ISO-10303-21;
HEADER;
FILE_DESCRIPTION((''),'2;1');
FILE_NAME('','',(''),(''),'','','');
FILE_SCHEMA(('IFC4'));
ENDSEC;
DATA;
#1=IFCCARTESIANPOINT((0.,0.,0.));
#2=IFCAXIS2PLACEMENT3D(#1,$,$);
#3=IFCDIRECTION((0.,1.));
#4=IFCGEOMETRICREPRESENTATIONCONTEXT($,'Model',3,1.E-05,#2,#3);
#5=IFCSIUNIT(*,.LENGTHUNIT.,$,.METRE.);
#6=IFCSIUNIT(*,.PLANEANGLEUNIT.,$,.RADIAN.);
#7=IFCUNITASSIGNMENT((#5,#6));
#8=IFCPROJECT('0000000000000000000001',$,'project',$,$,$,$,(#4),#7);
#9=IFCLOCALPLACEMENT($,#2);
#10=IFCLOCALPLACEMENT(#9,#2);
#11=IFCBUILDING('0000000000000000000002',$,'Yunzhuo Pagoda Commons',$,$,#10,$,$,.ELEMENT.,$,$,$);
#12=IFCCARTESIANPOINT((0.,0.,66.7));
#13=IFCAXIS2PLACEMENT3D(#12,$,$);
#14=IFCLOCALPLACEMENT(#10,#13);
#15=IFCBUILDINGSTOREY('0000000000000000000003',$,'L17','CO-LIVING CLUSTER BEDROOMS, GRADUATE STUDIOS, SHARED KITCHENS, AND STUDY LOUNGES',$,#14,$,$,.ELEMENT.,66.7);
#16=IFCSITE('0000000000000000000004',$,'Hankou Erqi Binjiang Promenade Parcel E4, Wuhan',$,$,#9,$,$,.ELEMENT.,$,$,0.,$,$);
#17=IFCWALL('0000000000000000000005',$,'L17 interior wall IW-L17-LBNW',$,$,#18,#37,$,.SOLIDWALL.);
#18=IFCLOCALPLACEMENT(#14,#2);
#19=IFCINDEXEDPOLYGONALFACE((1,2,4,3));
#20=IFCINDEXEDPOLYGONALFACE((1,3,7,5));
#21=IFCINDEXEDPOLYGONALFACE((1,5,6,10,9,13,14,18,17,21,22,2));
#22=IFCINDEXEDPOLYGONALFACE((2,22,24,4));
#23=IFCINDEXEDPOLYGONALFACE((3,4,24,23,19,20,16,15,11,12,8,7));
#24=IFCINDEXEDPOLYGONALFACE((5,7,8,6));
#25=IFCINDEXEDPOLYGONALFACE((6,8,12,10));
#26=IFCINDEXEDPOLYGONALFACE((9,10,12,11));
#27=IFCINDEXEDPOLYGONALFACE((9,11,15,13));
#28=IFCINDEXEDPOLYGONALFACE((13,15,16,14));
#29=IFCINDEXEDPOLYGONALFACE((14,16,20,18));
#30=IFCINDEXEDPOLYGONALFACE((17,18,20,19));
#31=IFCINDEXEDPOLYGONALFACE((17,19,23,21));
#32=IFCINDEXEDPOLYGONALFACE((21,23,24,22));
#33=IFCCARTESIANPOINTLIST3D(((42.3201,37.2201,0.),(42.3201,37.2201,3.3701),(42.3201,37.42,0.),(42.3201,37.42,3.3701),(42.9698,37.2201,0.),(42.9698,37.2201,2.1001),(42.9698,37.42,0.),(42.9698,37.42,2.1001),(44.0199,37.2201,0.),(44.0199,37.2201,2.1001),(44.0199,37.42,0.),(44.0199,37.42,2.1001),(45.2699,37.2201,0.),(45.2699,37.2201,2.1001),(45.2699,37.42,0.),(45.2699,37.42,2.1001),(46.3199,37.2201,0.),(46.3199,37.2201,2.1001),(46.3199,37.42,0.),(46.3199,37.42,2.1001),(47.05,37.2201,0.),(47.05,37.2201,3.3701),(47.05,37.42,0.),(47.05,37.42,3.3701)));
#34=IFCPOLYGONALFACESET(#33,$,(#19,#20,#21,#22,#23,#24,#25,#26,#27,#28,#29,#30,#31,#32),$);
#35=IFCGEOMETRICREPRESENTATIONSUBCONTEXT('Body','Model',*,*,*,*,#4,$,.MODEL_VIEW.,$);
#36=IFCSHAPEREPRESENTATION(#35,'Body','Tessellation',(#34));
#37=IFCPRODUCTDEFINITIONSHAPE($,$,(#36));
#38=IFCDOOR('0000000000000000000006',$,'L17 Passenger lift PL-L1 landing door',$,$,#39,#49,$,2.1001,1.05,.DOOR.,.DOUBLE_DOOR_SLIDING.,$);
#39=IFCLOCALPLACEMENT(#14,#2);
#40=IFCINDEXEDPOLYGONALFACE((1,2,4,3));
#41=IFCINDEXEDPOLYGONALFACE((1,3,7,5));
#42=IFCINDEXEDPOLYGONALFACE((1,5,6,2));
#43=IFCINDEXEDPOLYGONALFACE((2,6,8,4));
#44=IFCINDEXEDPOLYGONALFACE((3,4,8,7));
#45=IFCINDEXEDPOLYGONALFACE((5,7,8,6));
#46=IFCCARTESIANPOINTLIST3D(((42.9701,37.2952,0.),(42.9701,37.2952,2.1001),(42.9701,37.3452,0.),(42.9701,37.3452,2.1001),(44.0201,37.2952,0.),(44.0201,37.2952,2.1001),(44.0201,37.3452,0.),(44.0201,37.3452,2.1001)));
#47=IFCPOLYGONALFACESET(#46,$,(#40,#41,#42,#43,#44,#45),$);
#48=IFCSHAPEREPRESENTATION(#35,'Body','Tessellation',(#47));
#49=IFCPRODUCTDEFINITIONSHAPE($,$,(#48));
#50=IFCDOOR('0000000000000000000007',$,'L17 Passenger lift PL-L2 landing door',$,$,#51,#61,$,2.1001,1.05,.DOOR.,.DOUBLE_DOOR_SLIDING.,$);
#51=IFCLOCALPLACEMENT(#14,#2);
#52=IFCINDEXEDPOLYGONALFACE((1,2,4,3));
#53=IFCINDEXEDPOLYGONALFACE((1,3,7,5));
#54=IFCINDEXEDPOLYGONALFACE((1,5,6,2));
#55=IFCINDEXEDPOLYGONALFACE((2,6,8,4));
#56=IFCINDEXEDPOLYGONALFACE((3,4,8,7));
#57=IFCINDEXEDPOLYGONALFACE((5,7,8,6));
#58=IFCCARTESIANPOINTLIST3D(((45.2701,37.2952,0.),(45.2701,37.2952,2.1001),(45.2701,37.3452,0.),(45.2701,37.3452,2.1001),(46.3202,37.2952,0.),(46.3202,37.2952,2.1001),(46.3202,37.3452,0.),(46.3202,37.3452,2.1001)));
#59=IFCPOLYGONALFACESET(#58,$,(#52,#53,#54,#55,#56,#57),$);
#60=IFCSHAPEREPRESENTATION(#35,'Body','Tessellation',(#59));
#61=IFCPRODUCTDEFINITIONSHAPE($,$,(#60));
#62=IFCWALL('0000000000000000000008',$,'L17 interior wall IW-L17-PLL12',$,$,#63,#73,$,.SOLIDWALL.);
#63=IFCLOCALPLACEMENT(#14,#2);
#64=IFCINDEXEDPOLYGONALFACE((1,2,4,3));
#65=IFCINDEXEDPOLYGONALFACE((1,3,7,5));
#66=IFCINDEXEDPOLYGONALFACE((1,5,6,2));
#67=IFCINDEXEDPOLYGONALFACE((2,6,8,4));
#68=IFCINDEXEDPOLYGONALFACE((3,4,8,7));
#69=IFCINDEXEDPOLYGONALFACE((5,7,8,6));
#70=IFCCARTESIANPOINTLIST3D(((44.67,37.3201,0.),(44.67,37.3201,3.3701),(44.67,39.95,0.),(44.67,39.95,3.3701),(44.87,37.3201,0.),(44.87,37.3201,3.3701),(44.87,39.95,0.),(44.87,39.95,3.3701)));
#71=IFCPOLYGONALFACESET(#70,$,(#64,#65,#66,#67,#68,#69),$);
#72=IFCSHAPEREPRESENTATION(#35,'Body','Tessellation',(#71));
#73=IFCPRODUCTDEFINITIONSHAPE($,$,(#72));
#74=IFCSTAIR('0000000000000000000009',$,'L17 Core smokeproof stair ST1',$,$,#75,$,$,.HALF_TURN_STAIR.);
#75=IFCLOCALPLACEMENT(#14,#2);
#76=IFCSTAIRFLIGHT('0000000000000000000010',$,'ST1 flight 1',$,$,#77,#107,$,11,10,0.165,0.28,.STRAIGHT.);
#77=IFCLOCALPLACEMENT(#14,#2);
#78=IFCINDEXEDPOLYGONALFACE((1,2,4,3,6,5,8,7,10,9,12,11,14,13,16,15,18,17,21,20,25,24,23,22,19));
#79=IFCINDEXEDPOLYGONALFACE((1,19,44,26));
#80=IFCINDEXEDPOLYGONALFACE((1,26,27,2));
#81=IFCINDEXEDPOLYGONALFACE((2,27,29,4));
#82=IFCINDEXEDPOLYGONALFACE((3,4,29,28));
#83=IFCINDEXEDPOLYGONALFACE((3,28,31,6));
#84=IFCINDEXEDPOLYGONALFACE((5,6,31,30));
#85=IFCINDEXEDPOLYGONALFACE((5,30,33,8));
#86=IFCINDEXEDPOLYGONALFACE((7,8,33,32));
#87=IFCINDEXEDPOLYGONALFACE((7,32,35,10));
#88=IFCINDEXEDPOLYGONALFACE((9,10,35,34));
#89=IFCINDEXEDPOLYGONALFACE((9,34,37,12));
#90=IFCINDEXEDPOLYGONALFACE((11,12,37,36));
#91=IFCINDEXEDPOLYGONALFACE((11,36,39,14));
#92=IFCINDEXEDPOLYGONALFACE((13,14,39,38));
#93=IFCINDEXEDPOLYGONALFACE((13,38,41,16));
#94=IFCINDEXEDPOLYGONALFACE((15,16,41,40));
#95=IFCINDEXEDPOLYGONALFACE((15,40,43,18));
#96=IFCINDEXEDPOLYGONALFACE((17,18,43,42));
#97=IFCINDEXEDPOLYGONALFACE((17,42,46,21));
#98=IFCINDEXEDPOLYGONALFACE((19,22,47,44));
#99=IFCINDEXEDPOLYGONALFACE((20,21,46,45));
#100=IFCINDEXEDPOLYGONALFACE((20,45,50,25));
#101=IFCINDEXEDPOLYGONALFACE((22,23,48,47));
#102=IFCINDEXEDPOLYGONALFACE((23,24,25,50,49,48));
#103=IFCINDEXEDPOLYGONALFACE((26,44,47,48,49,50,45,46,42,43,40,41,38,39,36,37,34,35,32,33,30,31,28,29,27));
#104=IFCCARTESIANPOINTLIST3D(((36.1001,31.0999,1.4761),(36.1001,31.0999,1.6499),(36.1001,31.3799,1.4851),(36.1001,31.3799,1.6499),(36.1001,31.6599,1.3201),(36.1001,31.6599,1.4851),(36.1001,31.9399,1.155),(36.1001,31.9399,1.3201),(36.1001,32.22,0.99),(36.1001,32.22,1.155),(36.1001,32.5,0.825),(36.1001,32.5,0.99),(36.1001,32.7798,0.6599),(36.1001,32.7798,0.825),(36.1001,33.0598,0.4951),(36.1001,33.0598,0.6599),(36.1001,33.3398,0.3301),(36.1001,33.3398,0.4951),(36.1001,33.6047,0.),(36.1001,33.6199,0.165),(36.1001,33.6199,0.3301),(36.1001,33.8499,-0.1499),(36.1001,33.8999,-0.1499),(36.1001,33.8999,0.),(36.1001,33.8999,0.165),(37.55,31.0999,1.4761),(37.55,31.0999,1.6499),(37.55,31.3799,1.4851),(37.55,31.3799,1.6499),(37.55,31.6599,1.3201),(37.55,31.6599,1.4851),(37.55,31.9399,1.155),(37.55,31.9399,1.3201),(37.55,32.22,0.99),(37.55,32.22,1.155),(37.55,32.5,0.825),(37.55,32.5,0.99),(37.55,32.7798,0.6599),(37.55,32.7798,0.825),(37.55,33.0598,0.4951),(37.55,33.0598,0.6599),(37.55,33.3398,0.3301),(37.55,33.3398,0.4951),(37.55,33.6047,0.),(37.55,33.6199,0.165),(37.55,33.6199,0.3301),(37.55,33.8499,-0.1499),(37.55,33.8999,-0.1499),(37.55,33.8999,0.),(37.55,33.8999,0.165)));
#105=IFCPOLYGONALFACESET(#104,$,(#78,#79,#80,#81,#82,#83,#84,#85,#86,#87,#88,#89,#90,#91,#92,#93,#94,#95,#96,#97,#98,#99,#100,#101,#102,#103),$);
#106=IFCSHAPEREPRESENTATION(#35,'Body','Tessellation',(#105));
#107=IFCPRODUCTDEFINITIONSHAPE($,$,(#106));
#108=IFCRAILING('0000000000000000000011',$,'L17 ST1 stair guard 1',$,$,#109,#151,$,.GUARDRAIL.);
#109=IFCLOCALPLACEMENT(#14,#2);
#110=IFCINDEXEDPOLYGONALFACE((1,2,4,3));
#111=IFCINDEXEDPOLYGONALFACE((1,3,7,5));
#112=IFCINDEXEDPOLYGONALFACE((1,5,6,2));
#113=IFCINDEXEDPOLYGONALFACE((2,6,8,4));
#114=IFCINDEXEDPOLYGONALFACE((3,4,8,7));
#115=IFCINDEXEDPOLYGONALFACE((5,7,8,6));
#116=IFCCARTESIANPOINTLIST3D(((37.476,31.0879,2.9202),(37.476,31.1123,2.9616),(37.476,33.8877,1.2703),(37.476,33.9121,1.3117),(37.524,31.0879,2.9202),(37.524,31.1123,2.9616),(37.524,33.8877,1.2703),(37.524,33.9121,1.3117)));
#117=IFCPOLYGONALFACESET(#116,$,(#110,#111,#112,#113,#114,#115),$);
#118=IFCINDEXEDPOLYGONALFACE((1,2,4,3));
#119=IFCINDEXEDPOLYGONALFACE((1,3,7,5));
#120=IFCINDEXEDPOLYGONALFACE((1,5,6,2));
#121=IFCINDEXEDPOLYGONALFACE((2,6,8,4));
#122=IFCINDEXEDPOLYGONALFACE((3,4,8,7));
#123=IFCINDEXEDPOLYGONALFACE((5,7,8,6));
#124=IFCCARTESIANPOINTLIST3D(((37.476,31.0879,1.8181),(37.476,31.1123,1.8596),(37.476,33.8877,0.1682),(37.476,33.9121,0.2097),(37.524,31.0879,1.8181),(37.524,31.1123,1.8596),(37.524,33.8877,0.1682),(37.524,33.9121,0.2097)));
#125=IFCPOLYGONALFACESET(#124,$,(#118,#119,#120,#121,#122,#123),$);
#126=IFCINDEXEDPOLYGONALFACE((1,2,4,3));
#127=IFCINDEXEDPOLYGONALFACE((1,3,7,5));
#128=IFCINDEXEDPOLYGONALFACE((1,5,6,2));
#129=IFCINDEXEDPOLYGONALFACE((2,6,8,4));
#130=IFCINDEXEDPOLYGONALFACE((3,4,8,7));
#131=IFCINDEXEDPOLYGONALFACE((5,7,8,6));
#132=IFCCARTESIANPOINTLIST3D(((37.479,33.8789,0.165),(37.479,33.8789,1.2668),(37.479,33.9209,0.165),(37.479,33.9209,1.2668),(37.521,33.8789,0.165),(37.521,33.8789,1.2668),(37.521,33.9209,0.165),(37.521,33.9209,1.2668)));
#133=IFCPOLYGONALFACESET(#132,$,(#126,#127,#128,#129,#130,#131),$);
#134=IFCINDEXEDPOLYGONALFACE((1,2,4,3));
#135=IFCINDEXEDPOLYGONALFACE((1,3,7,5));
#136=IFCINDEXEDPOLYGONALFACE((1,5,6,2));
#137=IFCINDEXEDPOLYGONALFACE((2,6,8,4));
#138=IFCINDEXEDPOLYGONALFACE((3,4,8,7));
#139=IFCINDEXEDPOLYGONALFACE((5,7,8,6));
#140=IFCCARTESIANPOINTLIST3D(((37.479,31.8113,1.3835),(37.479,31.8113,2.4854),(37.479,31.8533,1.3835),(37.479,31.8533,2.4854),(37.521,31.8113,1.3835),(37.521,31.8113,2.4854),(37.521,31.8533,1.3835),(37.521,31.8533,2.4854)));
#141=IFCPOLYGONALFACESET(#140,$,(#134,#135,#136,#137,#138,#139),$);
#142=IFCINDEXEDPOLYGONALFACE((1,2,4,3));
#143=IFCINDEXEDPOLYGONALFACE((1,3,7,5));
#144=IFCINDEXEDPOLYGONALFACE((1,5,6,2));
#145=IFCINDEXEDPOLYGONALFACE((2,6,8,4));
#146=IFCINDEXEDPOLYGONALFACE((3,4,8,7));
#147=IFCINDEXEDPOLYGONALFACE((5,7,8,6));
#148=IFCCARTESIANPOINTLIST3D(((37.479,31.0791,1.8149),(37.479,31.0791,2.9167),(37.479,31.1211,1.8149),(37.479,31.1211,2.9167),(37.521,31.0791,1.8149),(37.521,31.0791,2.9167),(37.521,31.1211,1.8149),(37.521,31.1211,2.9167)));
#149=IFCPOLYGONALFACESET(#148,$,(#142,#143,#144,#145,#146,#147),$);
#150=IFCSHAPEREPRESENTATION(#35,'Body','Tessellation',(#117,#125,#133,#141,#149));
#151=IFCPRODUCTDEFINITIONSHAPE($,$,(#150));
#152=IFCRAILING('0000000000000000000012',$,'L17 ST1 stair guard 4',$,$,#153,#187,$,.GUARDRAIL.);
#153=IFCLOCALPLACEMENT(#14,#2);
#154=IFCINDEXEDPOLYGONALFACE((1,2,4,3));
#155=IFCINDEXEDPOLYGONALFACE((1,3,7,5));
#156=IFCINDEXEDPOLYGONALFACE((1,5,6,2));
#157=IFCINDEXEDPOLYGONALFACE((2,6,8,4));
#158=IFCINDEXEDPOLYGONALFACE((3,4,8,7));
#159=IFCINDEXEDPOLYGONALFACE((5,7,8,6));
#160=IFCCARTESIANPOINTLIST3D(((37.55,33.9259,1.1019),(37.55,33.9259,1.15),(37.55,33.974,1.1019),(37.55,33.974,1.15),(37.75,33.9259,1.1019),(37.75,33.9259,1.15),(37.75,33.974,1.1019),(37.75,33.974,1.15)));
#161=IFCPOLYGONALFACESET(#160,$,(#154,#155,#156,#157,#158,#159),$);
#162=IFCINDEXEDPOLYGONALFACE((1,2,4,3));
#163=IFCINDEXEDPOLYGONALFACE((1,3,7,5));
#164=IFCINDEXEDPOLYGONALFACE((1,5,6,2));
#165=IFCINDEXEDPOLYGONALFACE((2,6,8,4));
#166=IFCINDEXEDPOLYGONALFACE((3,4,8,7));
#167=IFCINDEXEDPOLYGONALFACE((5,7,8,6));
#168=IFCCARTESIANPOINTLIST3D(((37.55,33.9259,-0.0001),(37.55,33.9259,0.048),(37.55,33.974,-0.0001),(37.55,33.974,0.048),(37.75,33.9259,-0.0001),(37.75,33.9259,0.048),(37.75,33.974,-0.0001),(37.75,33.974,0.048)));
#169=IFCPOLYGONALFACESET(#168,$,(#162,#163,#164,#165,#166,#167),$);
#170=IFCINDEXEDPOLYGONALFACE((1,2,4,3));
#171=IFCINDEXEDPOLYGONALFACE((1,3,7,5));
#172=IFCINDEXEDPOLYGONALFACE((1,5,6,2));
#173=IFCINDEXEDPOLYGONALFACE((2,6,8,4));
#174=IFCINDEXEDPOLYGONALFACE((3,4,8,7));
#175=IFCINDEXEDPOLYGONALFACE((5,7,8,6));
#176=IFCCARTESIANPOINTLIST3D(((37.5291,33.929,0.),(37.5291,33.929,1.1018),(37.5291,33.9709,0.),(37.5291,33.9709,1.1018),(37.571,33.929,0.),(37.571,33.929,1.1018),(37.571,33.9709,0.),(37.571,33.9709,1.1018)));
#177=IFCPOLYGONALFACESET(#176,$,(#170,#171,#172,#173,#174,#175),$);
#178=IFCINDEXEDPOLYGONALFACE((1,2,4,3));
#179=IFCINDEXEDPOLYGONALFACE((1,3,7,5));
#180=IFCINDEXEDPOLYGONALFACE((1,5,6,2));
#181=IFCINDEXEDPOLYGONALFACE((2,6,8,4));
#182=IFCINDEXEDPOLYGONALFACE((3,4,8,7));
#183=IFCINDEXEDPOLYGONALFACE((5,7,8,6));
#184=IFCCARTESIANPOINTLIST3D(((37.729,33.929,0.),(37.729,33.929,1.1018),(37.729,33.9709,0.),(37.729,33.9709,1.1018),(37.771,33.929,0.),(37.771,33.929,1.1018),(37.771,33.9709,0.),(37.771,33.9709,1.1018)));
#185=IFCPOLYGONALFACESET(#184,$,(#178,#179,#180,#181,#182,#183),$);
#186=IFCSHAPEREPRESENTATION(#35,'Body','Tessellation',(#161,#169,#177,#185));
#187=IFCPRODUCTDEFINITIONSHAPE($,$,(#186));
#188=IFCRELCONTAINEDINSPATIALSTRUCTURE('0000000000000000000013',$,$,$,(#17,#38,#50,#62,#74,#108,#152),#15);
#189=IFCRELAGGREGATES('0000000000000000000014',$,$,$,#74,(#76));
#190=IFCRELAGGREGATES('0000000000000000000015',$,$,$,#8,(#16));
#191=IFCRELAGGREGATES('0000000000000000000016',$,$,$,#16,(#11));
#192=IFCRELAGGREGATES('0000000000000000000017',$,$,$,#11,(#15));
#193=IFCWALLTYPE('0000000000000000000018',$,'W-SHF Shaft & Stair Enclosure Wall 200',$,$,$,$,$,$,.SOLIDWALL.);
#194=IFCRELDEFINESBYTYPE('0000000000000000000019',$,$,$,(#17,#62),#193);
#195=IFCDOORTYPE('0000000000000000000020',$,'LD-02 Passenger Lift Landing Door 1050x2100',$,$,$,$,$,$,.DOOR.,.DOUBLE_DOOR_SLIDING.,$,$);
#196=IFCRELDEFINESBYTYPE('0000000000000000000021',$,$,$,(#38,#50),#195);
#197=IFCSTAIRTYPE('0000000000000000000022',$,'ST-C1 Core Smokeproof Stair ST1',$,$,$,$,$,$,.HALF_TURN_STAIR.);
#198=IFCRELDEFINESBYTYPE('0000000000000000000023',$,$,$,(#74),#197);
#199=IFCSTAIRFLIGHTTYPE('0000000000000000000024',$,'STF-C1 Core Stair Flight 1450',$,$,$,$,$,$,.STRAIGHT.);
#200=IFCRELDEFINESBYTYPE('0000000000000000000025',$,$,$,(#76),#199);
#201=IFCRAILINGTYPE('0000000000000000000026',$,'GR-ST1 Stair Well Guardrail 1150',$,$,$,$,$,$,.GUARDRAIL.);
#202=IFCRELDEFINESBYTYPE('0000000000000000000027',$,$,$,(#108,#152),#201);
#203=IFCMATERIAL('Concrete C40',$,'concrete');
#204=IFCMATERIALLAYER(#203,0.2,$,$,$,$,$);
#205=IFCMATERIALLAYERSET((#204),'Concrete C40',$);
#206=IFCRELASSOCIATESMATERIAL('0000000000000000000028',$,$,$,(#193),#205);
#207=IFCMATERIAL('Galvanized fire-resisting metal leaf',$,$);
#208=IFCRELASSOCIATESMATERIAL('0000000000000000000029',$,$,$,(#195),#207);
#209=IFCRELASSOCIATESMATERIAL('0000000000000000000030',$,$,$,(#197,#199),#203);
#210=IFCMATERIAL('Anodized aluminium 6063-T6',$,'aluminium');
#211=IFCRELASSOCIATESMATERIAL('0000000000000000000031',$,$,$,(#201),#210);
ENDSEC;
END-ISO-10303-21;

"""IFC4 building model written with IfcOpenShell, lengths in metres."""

from ifc_helpers import new_model, si_unit, direction, frame, frame_2d, origin, origin_2d, place, context, subcontext, project, spatial, polyline, rectangle, outline, extrude, source, transform, mapped, material, layer, layer_set, type_object, element, fill, aggregate, save


model = new_model("IFC4")

# Units and contexts
model_context = context("Model", 3, precision=1e-05, world=origin(), true_north=direction((0.0, 1.0)))
body_context = subcontext(model_context, "Body", "Model", "MODEL_VIEW")
ifc_project = project(units=[si_unit("LENGTHUNIT", "METRE"), si_unit("PLANEANGLEUNIT", "RADIAN")], contexts=[model_context])

# Site, building, storey
site_placement = place(None, origin())
site = spatial("IfcSite", under=ifc_project, at=site_placement, Name="Hankou Erqi Binjiang Promenade Parcel E4, Wuhan", CompositionType="ELEMENT", RefElevation=0.0)
building_placement = place(site_placement, origin())
building = spatial("IfcBuilding", under=site, at=building_placement, Name="Yunzhuo Pagoda Commons", CompositionType="ELEMENT")
storey_placement = place(building_placement, frame((0.0, 0.0, 66.7)))
storey = spatial("IfcBuildingStorey", under=building, at=storey_placement, Name="L17", Description="CO-LIVING CLUSTER BEDROOMS, GRADUATE STUDIOS, SHARED KITCHENS, AND STUDY LOUNGES", CompositionType="ELEMENT", Elevation=66.7)

# Shared definitions
ifc_material_1 = material(Name="Galvanized fire-resisting metal leaf")
shared_shape_1 = source(origin(), body_context, "Body", "SweptSolid", [
    extrude(rectangle(XDim=1.05, YDim=2.1001, at=frame_2d((0.5249, 1.05))), frame((0.0, 0.0249, 0.0), z_axis=(0.0, -1.0, 0.0), x_axis=(1.0, 0.0, 0.0)), (0.0, 0.0, 1.0), 0.05),
])

# Shared definitions
ifc_material_2 = material(Name="Concrete C40", Category="concrete")
ifc_layer_1 = layer(ifc_material_2, 0.2)
ifc_layer_set_1 = layer_set([ifc_layer_1], Name="Concrete C40")
wall_type_1 = type_object("IfcWallType", Name="W-SHF Shaft & Stair Enclosure Wall 200", PredefinedType="SOLIDWALL", material=ifc_layer_set_1)

# Wall, openings, doors
wall_1_placement = place(storey_placement, frame((42.3201, 37.3201, 0.0), z_axis=(0.0, 0.0, 1.0), x_axis=(1.0, 0.0, 0.0)))
wall_1 = element("IfcWall", 1, at=wall_1_placement, inside=storey, type_object=wall_type_1, Name="L17 interior wall IW-L17-LBNW", PredefinedType="SOLIDWALL", context=body_context, shape_type="SweptSolid", body=[
    extrude(rectangle(XDim=4.73, YDim=0.2, at=frame_2d((2.365, 0.0))), origin(), (0.0, 0.0, 1.0), 3.3701),
])
opening_1_placement = place(wall_1_placement, frame((0.6499, 0.0, 0.0)))
opening_1 = element("IfcOpeningElement", 2, at=opening_1_placement, cuts=wall_1, PredefinedType="OPENING", context=body_context, shape_type="SweptSolid", body=[
    extrude(rectangle(XDim=1.05, YDim=2.1001, at=frame_2d((0.5249, 1.05))), frame((0.0, 0.1099, 0.0), z_axis=(0.0, -1.0, 0.0), x_axis=(1.0, 0.0, 0.0)), (0.0, 0.0, 1.0), 0.22),
])
opening_2_placement = place(wall_1_placement, frame((2.95, 0.0, 0.0)))
opening_2 = element("IfcOpeningElement", 3, at=opening_2_placement, cuts=wall_1, PredefinedType="OPENING", context=body_context, shape_type="SweptSolid", body=[
    extrude(rectangle(XDim=1.05, YDim=2.1001, at=frame_2d((0.5249, 1.05))), frame((0.0, 0.1099, 0.0), z_axis=(0.0, -1.0, 0.0), x_axis=(1.0, 0.0, 0.0)), (0.0, 0.0, 1.0), 0.22),
])
door_type_1 = type_object("IfcDoorType", Name="LD-02 Passenger Lift Landing Door 1050x2100", OperationType="DOUBLE_DOOR_SLIDING", PredefinedType="DOOR", material=ifc_material_1)
door_1_placement = place(opening_1_placement, frame((1.05, 0.0, 0.0), z_axis=(0.0, 0.0, 1.0), x_axis=(-1.0, 0.0, 0.0)))
door_1 = element("IfcDoor", 4, at=door_1_placement, inside=storey, type_object=door_type_1, Name="L17 Passenger lift PL-L1 landing door", OperationType="DOUBLE_DOOR_SLIDING", OverallHeight=2.1001, OverallWidth=1.05, PredefinedType="DOOR", context=body_context, shape_type="MappedRepresentation", body=[
    mapped(shared_shape_1, transform((0.0, 0.0, 0.0), scale=1.0)),
])
fill(opening_1, door_1)
door_2_placement = place(opening_2_placement, frame((1.05, 0.0, 0.0), z_axis=(0.0, 0.0, 1.0), x_axis=(-1.0, 0.0, 0.0)))
door_2 = element("IfcDoor", 5, at=door_2_placement, inside=storey, type_object=door_type_1, Name="L17 Passenger lift PL-L2 landing door", OperationType="DOUBLE_DOOR_SLIDING", OverallHeight=2.1001, OverallWidth=1.05, PredefinedType="DOOR", context=body_context, shape_type="MappedRepresentation", body=[
    mapped(shared_shape_1, transform((0.0, 0.0, 0.0), scale=1.0)),
])
fill(opening_2, door_2)

# Wall
wall_2_placement = place(storey_placement, frame((44.77, 37.3201, 0.0), z_axis=(0.0, 0.0, 1.0), x_axis=(0.0, 1.0, 0.0)))
element("IfcWall", 6, at=wall_2_placement, inside=storey, type_object=wall_type_1, Name="L17 interior wall IW-L17-PLL12", PredefinedType="SOLIDWALL", context=body_context, shape_type="SweptSolid", body=[
    extrude(rectangle(XDim=2.6299, YDim=0.2, at=frame_2d((1.3149, 0.0))), origin(), (0.0, 0.0, 1.0), 3.3701),
])

# Stair, stair flight
stair_type = type_object("IfcStairType", Name="ST-C1 Core Smokeproof Stair ST1", PredefinedType="HALF_TURN_STAIR", material=ifc_material_2)
stair_placement = place(storey_placement, origin())
stair = element("IfcStair", 7, at=stair_placement, inside=storey, type_object=stair_type, Name="L17 Core smokeproof stair ST1", PredefinedType="HALF_TURN_STAIR")
stair_flight_type = type_object("IfcStairFlightType", Name="STF-C1 Core Stair Flight 1450", PredefinedType="STRAIGHT", material=ifc_material_2)
shared_shape_2 = source(origin(), body_context, "Body", "SweptSolid", [
    extrude(outline(polyline([(0.0, -0.1499), (0.0, 0.0), (0.0, 0.165), (0.28, 0.165), (0.28, 0.3301), (0.5601, 0.3301), (0.5601, 0.4951), (0.8401, 0.4951), (0.8401, 0.6599), (1.1201, 0.6599), (1.1201, 0.825), (1.3999, 0.825), (1.3999, 0.99), (1.6799, 0.99), (1.6799, 1.155), (1.96, 1.155), (1.96, 1.3201), (2.24, 1.3201), (2.24, 1.4851), (2.52, 1.4851), (2.52, 1.6499), (2.8, 1.6499), (2.8, 1.8149), (2.8, 1.4761), (0.2952, 0.0), (0.05, -0.1499), (0.0, -0.1499)])), frame((0.0, 0.7251, 0.0), z_axis=(0.0, -1.0, 0.0), x_axis=(1.0, 0.0, 0.0)), (0.0, 0.0, 1.0), 1.45),
])
stair_flight_placement = place(storey_placement, frame((36.825, 33.8999, 0.0), z_axis=(0.0, 0.0, 1.0), x_axis=(0.0, -1.0, 0.0)))
stair_flight = element("IfcStairFlight", 8, at=stair_flight_placement, type_object=stair_flight_type, Name="ST1 flight 1", NumberOfRisers=11, NumberOfTreads=10, PredefinedType="STRAIGHT", RiserHeight=0.165, TreadLength=0.28, context=body_context, shape_type="MappedRepresentation", body=[
    mapped(shared_shape_2, transform((0.0, 0.0, 0.0), scale=1.0)),
])
aggregate(stair, [stair_flight])

# Railings
ifc_material_3 = material(Name="Anodized aluminium 6063-T6", Category="aluminium")
railing_type_1 = type_object("IfcRailingType", Name="GR-ST1 Stair Well Guardrail 1150", PredefinedType="GUARDRAIL", material=ifc_material_3)
railing_1_placement = place(storey_placement, frame((37.5, 33.8999, 0.165)))
element("IfcRailing", 9, at=railing_1_placement, inside=storey, type_object=railing_type_1, Name="L17 ST1 stair guard 1", PredefinedType="GUARDRAIL", context=body_context, shape_type="SweptSolid", body=[
    extrude(rectangle(XDim=0.0481, YDim=0.0481, at=origin_2d()), frame((0.0, 0.0, 1.126), z_axis=(0.0, -0.861536, 0.507696), x_axis=(1.0, 0.0, 0.0)), (0.0, 0.0, 1.0), 3.2498),
    extrude(rectangle(XDim=0.0481, YDim=0.0481, at=origin_2d()), frame((0.0, 0.0, 0.0239), z_axis=(0.0, -0.861536, 0.507696), x_axis=(1.0, 0.0, 0.0)), (0.0, 0.0, 1.0), 3.2498),
    extrude(rectangle(XDim=0.042, YDim=0.042, at=origin_2d()), origin(), (0.0, 0.0, 1.0), 1.1018),
    extrude(rectangle(XDim=0.042, YDim=0.042, at=origin_2d()), frame((0.0, -2.0676, 1.2185)), (0.0, 0.0, 1.0), 1.1018),
    extrude(rectangle(XDim=0.042, YDim=0.042, at=origin_2d()), frame((0.0, -2.7998, 1.6499)), (0.0, 0.0, 1.0), 1.1018),
])
railing_2_placement = place(storey_placement, frame((37.55, 33.95, 0.0)))
element("IfcRailing", 10, at=railing_2_placement, inside=storey, type_object=railing_type_1, Name="L17 ST1 stair guard 4", PredefinedType="GUARDRAIL", context=body_context, shape_type="SweptSolid", body=[
    extrude(rectangle(XDim=0.0481, YDim=0.0481, at=origin_2d()), frame((0.0, 0.0, 1.126), z_axis=(1.0, 0.0, 0.0), x_axis=(0.0, 1.0, 0.0)), (0.0, 0.0, 1.0), 0.2),
    extrude(rectangle(XDim=0.0481, YDim=0.0481, at=origin_2d()), frame((0.0, 0.0, 0.0239), z_axis=(1.0, 0.0, 0.0), x_axis=(0.0, 1.0, 0.0)), (0.0, 0.0, 1.0), 0.2),
    extrude(rectangle(XDim=0.042, YDim=0.042, at=origin_2d()), origin(), (0.0, 0.0, 1.0), 1.1018),
    extrude(rectangle(XDim=0.042, YDim=0.042, at=origin_2d()), frame((0.2, 0.0, 0.0)), (0.0, 0.0, 1.0), 1.1018),
])

save(model, "model.ifc")
